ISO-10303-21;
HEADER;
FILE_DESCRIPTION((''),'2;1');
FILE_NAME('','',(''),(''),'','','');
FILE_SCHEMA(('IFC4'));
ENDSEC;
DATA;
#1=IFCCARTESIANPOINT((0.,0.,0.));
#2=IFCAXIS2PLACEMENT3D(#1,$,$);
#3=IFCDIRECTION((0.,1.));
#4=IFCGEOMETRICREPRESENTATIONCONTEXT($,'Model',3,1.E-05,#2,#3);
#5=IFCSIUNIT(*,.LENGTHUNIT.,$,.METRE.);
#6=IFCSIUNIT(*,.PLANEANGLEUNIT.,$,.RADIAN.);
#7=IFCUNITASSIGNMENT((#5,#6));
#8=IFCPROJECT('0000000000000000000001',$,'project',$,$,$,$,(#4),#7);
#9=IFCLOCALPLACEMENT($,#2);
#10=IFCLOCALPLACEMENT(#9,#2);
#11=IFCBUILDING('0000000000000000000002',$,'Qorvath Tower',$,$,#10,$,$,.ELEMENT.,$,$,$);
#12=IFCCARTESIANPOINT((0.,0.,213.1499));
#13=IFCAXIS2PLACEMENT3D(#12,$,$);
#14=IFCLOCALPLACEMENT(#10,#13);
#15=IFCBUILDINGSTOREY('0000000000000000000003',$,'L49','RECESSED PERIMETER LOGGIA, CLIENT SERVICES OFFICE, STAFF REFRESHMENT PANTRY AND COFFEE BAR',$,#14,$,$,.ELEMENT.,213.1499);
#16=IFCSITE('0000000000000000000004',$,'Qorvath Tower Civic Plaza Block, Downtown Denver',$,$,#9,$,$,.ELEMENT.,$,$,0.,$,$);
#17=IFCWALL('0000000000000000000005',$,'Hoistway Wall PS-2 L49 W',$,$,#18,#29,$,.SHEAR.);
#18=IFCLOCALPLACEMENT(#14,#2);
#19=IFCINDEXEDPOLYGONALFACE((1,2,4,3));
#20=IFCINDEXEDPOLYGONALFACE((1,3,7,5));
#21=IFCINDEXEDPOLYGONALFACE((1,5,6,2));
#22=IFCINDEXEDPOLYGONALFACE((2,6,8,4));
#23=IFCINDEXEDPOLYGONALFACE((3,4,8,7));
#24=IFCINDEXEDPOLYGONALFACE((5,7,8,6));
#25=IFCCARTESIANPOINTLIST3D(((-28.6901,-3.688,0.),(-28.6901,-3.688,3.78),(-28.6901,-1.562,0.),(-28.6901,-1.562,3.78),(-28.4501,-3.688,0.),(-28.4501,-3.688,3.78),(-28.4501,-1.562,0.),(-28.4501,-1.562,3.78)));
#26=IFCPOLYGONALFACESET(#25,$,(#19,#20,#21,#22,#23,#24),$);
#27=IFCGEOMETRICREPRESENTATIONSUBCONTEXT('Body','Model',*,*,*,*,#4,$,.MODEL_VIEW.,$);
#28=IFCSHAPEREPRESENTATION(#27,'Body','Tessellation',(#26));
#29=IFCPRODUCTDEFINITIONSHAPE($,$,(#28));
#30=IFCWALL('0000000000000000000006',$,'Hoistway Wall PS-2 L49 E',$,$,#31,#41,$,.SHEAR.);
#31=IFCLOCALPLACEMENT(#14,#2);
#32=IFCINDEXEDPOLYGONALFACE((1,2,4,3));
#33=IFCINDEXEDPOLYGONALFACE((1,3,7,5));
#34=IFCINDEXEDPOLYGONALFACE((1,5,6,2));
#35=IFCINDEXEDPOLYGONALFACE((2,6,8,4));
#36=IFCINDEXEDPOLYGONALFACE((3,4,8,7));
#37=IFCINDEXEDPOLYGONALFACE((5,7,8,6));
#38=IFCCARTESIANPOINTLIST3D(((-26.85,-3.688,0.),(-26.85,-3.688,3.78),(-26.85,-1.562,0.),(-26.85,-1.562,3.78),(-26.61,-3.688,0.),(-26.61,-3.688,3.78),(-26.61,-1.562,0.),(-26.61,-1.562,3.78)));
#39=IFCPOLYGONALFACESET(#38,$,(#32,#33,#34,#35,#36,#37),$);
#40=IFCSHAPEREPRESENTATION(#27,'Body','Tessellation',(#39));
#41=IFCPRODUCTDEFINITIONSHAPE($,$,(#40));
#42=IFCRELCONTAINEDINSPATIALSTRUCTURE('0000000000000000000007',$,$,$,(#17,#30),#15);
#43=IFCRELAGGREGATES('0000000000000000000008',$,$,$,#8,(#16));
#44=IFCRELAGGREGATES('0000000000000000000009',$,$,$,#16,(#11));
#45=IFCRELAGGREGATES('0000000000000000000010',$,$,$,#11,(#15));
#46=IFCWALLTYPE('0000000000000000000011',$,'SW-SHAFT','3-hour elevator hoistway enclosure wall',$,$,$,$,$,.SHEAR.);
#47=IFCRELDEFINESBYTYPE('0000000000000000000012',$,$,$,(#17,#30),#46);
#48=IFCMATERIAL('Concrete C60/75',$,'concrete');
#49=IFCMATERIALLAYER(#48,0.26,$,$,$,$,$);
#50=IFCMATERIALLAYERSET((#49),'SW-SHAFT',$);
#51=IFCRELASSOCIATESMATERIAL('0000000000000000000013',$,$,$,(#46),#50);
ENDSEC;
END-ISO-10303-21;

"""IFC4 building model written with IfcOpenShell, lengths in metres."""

from ifc_helpers import new_model, si_unit, direction, frame, frame_2d, origin, place, context, subcontext, project, spatial, rectangle, extrude, material, layer, layer_set, type_object, element, save


model = new_model("IFC4")

# Units and contexts
model_context = context("Model", 3, precision=1e-05, world=origin(), true_north=direction((0.0, 1.0)))
body_context = subcontext(model_context, "Body", "Model", "MODEL_VIEW")
ifc_project = project(units=[si_unit("LENGTHUNIT", "METRE"), si_unit("PLANEANGLEUNIT", "RADIAN")], contexts=[model_context])

# Site, building, storey
site_placement = place(None, origin())
site = spatial("IfcSite", under=ifc_project, at=site_placement, Name="Qorvath Tower Civic Plaza Block, Downtown Denver", CompositionType="ELEMENT", RefElevation=0.0)
building_placement = place(site_placement, origin())
building = spatial("IfcBuilding", under=site, at=building_placement, Name="Qorvath Tower", CompositionType="ELEMENT")
storey_placement = place(building_placement, frame((0.0, 0.0, 213.1499)))
storey = spatial("IfcBuildingStorey", under=building, at=storey_placement, Name="L49", Description="RECESSED PERIMETER LOGGIA, CLIENT SERVICES OFFICE, STAFF REFRESHMENT PANTRY AND COFFEE BAR", CompositionType="ELEMENT", Elevation=213.1499)

# Shared definitions
ifc_material_1 = material(Name="Concrete C60/75", Category="concrete")
ifc_layer_1 = layer(ifc_material_1, 0.26)
ifc_layer_set_1 = layer_set([ifc_layer_1], Name="SW-SHAFT")
wall_type_1 = type_object("IfcWallType", Name="SW-SHAFT", Description="3-hour elevator hoistway enclosure wall", PredefinedType="SHEAR", material=ifc_layer_set_1)

# Walls
for number, where, z_axis, x_axis, name in (
    (1, (-28.5701, -3.688, 0.0), (0.0, 0.0, 1.0), (0.0, 1.0, 0.0), "Hoistway Wall PS-2 L49 W"),
    (2, (-26.73, -1.562, 0.0), (0.0, 0.0, 1.0), (0.0, -1.0, 0.0), "Hoistway Wall PS-2 L49 E"),
):
    element("IfcWall", number, at=place(storey_placement, frame(where, z_axis=z_axis, x_axis=x_axis)), inside=storey, type_object=wall_type_1, Name=name, PredefinedType="SHEAR", context=body_context, shape_type="SweptSolid", body=[
        extrude(rectangle(XDim=2.126, YDim=0.24, at=frame_2d((1.063, 0.0))), origin(), (0.0, 0.0, 1.0), 3.78),
    ])

save(model, "model.ifc")
